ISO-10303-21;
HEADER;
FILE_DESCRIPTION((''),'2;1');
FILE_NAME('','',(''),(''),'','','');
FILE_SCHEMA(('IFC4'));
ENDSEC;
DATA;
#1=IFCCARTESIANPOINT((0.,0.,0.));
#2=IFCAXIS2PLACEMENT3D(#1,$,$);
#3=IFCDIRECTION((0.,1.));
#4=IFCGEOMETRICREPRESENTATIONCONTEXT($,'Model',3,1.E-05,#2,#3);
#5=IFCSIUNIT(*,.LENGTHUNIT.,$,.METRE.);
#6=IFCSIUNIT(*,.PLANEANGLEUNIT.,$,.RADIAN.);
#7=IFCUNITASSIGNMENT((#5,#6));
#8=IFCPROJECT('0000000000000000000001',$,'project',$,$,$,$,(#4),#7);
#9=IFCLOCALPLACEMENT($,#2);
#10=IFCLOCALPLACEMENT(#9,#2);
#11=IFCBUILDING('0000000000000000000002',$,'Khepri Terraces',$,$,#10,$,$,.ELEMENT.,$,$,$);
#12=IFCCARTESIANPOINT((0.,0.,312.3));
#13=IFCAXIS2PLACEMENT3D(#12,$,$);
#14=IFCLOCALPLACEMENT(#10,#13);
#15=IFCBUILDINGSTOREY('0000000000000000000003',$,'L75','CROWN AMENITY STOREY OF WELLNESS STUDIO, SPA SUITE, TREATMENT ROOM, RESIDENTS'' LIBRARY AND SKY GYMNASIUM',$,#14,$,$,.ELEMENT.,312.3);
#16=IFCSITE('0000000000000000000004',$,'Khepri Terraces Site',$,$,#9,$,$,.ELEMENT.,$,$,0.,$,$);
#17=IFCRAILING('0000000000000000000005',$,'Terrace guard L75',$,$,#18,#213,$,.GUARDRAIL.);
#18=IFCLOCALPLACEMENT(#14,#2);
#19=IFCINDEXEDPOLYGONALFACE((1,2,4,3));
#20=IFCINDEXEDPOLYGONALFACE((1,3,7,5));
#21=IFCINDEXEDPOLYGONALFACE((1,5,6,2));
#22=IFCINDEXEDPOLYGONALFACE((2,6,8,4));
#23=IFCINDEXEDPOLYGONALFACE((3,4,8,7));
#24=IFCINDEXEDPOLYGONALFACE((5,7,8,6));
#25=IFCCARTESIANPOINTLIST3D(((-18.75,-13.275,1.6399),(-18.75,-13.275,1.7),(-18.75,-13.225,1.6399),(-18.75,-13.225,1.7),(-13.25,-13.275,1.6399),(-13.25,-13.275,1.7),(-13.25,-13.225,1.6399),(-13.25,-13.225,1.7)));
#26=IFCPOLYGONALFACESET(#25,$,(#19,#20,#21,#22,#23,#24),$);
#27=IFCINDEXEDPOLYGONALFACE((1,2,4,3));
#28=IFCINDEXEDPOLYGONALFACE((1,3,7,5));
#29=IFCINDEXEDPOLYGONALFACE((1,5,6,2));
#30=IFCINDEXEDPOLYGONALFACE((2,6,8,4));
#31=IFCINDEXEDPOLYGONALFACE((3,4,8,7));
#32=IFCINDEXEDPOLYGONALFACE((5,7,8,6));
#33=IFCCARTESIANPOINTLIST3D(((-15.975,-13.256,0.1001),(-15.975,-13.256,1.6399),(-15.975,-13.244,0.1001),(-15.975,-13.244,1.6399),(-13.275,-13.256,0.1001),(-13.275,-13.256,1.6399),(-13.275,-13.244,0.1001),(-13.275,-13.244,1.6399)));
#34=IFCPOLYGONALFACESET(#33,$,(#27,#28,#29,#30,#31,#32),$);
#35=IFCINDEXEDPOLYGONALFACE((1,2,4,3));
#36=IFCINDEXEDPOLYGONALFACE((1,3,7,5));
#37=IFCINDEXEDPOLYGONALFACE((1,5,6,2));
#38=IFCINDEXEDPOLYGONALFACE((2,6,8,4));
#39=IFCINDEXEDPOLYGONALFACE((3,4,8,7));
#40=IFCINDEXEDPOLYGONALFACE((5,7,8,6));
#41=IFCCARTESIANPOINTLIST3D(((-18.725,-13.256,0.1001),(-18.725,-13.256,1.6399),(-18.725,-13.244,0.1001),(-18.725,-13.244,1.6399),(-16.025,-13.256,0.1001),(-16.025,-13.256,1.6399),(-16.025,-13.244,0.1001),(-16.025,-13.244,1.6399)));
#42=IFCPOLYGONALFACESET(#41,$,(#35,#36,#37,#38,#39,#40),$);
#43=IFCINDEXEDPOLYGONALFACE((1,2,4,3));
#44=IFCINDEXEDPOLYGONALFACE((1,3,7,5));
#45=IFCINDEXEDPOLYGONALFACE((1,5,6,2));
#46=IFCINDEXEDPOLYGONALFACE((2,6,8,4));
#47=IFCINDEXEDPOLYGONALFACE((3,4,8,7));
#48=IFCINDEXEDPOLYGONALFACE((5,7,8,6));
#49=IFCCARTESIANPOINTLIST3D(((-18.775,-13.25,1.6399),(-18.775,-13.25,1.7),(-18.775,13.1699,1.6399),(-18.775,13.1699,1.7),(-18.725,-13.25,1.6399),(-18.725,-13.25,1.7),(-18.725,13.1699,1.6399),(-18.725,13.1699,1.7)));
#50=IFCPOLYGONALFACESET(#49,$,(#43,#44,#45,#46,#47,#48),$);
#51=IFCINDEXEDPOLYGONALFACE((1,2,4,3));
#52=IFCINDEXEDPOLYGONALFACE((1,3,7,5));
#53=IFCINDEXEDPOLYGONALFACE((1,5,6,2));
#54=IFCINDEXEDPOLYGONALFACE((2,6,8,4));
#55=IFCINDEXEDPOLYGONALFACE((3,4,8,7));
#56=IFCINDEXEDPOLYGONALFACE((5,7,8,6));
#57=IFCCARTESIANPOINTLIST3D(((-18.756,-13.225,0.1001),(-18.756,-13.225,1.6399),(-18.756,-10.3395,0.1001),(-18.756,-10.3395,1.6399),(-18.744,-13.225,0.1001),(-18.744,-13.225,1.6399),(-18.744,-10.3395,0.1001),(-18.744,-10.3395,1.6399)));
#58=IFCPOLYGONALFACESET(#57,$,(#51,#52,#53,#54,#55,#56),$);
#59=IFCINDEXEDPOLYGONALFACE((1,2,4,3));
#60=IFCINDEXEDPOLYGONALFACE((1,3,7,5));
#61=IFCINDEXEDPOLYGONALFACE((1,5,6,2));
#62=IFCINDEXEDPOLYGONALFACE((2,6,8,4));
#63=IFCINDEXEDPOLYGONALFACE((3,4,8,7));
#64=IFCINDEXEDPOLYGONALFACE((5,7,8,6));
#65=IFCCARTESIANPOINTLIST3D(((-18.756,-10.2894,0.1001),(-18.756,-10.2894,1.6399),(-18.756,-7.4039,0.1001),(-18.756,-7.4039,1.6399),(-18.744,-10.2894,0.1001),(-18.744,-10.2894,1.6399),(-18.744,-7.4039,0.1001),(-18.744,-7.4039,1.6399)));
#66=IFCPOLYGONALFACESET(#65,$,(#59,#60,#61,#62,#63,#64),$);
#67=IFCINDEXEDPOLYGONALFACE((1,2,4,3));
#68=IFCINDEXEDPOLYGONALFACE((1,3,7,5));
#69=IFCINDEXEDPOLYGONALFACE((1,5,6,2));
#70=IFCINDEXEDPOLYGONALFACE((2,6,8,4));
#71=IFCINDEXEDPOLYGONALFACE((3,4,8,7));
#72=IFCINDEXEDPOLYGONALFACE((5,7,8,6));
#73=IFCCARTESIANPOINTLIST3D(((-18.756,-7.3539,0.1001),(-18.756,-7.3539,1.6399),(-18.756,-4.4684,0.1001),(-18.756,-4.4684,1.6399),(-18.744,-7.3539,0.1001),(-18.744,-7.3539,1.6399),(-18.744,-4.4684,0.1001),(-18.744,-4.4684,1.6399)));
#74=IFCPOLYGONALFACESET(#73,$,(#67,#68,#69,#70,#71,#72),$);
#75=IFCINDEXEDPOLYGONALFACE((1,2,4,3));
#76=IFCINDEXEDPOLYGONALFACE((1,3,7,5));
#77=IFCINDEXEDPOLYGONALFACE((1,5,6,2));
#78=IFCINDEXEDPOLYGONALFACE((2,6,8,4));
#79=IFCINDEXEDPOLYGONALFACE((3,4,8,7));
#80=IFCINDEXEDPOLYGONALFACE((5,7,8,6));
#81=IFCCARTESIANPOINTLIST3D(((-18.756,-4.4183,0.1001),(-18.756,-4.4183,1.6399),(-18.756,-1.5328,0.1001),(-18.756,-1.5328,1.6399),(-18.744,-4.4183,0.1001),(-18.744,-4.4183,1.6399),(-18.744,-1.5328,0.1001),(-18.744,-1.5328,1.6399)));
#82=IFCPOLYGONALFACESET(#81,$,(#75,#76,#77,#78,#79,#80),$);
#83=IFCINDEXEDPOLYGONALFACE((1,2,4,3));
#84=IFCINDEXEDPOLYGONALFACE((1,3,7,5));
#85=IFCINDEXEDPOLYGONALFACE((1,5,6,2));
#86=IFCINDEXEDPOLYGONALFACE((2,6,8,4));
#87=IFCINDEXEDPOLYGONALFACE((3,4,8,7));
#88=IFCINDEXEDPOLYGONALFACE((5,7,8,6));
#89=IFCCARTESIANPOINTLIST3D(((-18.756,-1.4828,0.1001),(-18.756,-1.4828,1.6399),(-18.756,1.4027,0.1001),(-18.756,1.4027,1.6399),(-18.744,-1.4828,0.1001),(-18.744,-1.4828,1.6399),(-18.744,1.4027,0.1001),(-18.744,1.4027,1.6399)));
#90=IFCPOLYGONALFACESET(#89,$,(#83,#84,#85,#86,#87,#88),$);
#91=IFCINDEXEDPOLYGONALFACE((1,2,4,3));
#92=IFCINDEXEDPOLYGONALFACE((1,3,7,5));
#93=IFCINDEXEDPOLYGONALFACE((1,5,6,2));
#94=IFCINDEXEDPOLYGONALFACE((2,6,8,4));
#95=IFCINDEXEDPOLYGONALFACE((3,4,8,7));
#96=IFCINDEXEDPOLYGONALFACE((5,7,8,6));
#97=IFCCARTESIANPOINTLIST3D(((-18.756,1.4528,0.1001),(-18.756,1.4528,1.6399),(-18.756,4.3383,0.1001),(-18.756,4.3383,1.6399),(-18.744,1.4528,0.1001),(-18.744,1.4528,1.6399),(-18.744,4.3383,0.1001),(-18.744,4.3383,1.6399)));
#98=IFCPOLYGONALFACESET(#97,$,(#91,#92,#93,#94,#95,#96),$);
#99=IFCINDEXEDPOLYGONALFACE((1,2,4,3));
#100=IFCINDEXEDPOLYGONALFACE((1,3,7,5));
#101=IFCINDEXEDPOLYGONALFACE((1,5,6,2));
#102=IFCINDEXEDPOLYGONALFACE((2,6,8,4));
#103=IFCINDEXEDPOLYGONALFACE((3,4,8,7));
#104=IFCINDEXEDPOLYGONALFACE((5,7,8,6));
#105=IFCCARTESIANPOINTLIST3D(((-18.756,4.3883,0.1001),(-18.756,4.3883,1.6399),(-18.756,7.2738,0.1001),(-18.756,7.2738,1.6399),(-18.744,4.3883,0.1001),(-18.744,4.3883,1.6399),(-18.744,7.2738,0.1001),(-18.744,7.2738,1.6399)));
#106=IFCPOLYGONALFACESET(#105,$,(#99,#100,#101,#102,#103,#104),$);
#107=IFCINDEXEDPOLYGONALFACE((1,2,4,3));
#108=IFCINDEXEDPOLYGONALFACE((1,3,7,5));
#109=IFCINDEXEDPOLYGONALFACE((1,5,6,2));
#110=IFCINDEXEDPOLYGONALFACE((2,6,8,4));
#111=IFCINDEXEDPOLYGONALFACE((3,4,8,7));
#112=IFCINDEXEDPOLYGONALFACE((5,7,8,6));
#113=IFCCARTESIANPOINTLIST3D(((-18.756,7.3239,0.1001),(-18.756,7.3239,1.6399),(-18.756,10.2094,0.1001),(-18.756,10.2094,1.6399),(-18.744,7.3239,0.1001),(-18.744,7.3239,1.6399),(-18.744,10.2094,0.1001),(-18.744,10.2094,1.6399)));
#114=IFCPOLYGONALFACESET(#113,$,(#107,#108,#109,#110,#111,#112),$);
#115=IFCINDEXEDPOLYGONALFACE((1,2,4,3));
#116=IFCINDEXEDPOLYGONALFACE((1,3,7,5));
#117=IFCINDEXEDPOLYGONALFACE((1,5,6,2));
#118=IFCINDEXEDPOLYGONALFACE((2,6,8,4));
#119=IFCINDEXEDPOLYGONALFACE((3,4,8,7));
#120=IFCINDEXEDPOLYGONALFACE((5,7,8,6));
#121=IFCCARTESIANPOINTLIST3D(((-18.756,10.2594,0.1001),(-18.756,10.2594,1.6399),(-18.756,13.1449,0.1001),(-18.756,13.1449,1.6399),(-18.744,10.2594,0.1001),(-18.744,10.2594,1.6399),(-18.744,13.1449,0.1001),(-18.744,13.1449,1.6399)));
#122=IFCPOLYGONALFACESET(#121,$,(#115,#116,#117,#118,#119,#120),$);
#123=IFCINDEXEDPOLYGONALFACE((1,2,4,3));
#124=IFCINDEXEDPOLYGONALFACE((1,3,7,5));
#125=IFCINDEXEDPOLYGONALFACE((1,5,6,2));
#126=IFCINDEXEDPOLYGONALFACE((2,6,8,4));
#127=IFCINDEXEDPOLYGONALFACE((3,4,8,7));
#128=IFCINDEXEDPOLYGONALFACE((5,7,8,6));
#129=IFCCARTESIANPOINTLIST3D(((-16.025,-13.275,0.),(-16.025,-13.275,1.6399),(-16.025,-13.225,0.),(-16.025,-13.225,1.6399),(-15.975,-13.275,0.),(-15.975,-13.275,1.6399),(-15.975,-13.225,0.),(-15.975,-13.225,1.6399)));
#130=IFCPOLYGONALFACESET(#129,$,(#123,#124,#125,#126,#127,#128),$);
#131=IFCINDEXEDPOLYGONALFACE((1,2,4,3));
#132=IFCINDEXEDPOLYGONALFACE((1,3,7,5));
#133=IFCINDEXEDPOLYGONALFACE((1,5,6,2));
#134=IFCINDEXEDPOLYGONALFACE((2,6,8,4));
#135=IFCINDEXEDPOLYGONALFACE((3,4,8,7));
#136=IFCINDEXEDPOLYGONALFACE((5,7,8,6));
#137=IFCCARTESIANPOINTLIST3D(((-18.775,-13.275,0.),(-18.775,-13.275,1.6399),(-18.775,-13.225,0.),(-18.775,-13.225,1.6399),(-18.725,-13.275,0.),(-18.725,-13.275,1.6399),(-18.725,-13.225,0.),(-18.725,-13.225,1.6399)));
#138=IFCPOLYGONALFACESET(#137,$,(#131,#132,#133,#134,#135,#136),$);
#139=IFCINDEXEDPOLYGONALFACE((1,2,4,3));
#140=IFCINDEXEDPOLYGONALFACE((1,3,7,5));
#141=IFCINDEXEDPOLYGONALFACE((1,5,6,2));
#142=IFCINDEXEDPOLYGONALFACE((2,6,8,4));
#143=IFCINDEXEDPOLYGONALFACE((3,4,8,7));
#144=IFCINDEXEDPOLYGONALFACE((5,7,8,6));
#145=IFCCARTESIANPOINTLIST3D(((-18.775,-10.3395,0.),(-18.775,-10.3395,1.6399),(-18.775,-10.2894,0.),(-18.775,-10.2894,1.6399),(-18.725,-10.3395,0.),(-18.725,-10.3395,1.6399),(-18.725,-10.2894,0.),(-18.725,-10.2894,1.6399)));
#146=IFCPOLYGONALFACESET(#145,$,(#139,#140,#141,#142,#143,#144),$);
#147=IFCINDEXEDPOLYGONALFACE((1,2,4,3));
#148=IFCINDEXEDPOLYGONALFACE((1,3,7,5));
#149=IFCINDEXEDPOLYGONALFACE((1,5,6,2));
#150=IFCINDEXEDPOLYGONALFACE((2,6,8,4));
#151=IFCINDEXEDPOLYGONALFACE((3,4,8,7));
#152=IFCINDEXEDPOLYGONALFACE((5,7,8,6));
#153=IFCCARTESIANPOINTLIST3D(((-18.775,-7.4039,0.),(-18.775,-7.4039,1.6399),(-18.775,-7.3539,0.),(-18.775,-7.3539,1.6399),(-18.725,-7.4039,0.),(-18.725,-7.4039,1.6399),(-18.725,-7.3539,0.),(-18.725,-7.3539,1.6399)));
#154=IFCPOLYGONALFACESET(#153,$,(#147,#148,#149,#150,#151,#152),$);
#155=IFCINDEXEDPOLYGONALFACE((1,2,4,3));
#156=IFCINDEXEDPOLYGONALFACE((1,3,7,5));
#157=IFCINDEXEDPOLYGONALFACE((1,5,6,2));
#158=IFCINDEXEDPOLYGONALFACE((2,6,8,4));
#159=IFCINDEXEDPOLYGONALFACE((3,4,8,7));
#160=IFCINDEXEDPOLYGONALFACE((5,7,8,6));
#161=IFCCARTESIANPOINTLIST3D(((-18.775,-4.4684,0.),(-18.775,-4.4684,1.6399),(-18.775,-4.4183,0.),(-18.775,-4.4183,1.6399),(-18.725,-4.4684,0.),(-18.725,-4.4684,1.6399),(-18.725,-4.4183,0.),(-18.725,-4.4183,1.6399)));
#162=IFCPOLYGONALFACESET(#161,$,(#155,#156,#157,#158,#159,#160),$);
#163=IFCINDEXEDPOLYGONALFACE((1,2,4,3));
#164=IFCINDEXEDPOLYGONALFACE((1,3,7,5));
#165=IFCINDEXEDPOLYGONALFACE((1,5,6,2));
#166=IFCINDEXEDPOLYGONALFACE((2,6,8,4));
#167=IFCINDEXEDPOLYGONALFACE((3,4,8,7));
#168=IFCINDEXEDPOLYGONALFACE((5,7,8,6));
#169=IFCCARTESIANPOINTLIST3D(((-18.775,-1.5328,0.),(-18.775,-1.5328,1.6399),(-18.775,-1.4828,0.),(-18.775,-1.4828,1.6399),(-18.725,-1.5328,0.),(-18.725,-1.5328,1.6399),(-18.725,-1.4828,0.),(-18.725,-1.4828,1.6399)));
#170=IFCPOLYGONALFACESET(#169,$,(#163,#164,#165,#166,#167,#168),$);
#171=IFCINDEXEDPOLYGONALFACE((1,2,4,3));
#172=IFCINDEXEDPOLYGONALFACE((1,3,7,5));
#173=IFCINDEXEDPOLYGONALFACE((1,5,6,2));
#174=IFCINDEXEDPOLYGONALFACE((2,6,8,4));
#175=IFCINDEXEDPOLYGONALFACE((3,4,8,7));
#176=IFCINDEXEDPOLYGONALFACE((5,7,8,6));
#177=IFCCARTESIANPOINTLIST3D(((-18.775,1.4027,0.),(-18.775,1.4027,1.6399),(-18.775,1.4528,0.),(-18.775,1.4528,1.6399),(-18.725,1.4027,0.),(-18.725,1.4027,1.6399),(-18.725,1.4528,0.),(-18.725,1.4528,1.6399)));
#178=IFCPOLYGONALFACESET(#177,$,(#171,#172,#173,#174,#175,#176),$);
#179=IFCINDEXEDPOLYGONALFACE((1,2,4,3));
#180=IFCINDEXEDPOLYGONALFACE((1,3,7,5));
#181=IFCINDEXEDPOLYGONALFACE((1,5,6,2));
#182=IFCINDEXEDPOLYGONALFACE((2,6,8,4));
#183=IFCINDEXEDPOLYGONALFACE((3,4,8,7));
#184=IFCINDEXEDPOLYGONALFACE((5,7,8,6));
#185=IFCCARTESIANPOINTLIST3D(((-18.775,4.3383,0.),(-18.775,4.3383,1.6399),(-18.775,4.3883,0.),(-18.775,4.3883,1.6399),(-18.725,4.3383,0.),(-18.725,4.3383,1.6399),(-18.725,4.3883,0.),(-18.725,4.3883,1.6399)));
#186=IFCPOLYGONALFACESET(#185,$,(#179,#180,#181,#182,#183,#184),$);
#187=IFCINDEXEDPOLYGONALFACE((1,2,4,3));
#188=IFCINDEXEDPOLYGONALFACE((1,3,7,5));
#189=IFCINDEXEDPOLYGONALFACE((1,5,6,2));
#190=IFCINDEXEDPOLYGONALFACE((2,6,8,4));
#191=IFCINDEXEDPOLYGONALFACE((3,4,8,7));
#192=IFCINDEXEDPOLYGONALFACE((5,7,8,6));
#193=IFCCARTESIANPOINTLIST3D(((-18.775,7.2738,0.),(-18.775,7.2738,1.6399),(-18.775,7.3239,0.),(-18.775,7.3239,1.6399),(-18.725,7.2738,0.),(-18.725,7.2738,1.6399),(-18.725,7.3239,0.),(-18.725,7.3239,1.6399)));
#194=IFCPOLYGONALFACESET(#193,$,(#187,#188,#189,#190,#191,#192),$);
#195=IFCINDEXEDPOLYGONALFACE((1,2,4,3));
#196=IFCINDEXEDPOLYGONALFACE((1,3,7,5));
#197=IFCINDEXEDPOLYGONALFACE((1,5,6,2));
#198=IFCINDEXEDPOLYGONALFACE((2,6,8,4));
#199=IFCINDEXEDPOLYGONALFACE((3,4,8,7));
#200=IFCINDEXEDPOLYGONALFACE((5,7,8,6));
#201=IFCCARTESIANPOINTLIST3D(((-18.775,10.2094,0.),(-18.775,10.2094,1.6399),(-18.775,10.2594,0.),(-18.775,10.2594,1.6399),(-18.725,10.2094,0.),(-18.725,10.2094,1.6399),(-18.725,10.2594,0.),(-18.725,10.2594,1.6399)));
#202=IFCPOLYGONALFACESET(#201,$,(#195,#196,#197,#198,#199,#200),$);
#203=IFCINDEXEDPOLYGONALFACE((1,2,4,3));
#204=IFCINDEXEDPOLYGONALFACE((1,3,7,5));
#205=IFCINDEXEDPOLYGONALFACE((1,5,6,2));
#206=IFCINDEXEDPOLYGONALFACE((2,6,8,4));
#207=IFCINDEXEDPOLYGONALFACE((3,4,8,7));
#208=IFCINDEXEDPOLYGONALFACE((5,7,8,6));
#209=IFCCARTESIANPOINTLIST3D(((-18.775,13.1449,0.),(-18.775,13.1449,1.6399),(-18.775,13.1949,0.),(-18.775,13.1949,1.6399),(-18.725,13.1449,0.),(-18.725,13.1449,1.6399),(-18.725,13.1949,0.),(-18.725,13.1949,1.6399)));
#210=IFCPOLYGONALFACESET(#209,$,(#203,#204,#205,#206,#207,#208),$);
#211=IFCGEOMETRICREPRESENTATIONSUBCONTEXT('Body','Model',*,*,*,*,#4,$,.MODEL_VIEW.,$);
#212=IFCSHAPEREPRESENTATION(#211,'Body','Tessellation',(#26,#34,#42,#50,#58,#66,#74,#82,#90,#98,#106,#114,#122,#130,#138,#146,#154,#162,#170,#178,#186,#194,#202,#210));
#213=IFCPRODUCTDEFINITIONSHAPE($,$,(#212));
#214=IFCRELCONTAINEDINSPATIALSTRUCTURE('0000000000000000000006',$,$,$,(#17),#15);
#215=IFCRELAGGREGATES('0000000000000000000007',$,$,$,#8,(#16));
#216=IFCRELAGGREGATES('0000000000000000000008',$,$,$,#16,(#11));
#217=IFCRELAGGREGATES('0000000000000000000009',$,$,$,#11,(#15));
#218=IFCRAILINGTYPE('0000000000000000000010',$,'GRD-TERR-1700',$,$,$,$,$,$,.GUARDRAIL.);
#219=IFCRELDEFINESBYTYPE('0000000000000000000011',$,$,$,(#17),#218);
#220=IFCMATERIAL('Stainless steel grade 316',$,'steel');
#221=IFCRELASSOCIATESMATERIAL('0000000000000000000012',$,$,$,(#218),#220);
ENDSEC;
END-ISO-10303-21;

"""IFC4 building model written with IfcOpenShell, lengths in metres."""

from ifc_helpers import new_model, si_unit, direction, frame, origin, origin_2d, place, context, subcontext, project, spatial, rectangle, extrude, material, type_object, element, save


model = new_model("IFC4")

# Units and contexts
model_context = context("Model", 3, precision=1e-05, world=origin(), true_north=direction((0.0, 1.0)))
body_context = subcontext(model_context, "Body", "Model", "MODEL_VIEW")
ifc_project = project(units=[si_unit("LENGTHUNIT", "METRE"), si_unit("PLANEANGLEUNIT", "RADIAN")], contexts=[model_context])

# Site, building, storey
site_placement = place(None, origin())
site = spatial("IfcSite", under=ifc_project, at=site_placement, Name="Khepri Terraces Site", CompositionType="ELEMENT", RefElevation=0.0)
building_placement = place(site_placement, origin())
building = spatial("IfcBuilding", under=site, at=building_placement, Name="Khepri Terraces", CompositionType="ELEMENT")
storey_placement = place(building_placement, frame((0.0, 0.0, 312.3)))
storey = spatial("IfcBuildingStorey", under=building, at=storey_placement, Name="L75", Description="CROWN AMENITY STOREY OF WELLNESS STUDIO, SPA SUITE, TREATMENT ROOM, RESIDENTS' LIBRARY AND SKY GYMNASIUM", CompositionType="ELEMENT", Elevation=312.3)

# Railing
ifc_material_1 = material(Name="Stainless steel grade 316", Category="steel")
railing_type = type_object("IfcRailingType", Name="GRD-TERR-1700", PredefinedType="GUARDRAIL", material=ifc_material_1)
railing_placement = place(storey_placement, frame((-13.25, -13.25, 0.0)))
element("IfcRailing", 1, at=railing_placement, inside=storey, type_object=railing_type, Name="Terrace guard L75", PredefinedType="GUARDRAIL", context=body_context, shape_type="SweptSolid", body=[
    extrude(rectangle(XDim=0.05, YDim=0.0601, at=origin_2d()), frame((0.0, 0.0, 1.6699), z_axis=(-1.0, 0.0, 0.0), x_axis=(0.0, -1.0, 0.0)), (0.0, 0.0, 1.0), 5.5),
    extrude(rectangle(XDim=2.7, YDim=0.012, at=origin_2d()), frame((-1.375, 0.0, 0.1001), z_axis=(0.0, 0.0, 1.0), x_axis=(-1.0, 0.0, 0.0)), (0.0, 0.0, 1.0), 1.5398),
    extrude(rectangle(XDim=2.7, YDim=0.012, at=origin_2d()), frame((-4.125, 0.0, 0.1001), z_axis=(0.0, 0.0, 1.0), x_axis=(-1.0, 0.0, 0.0)), (0.0, 0.0, 1.0), 1.5398),
    extrude(rectangle(XDim=0.05, YDim=0.0601, at=origin_2d()), frame((-5.5, 0.0, 1.6699), z_axis=(0.0, 1.0, 0.0), x_axis=(-1.0, 0.0, 0.0)), (0.0, 0.0, 1.0), 26.4199),
    extrude(rectangle(XDim=2.8855, YDim=0.012, at=origin_2d()), frame((-5.5, 1.4678, 0.1001), z_axis=(0.0, 0.0, 1.0), x_axis=(0.0, 1.0, 0.0)), (0.0, 0.0, 1.0), 1.5398),
    extrude(rectangle(XDim=2.8855, YDim=0.012, at=origin_2d()), frame((-5.5, 4.4033, 0.1001), z_axis=(0.0, 0.0, 1.0), x_axis=(0.0, 1.0, 0.0)), (0.0, 0.0, 1.0), 1.5398),
    extrude(rectangle(XDim=2.8855, YDim=0.012, at=origin_2d()), frame((-5.5, 7.3389, 0.1001), z_axis=(0.0, 0.0, 1.0), x_axis=(0.0, 1.0, 0.0)), (0.0, 0.0, 1.0), 1.5398),
    extrude(rectangle(XDim=2.8855, YDim=0.012, at=origin_2d()), frame((-5.5, 10.2744, 0.1001), z_axis=(0.0, 0.0, 1.0), x_axis=(0.0, 1.0, 0.0)), (0.0, 0.0, 1.0), 1.5398),
    extrude(rectangle(XDim=2.8855, YDim=0.012, at=origin_2d()), frame((-5.5, 13.21, 0.1001), z_axis=(0.0, 0.0, 1.0), x_axis=(0.0, 1.0, 0.0)), (0.0, 0.0, 1.0), 1.5398),
    extrude(rectangle(XDim=2.8855, YDim=0.012, at=origin_2d()), frame((-5.5, 16.1455, 0.1001), z_axis=(0.0, 0.0, 1.0), x_axis=(0.0, 1.0, 0.0)), (0.0, 0.0, 1.0), 1.5398),
    extrude(rectangle(XDim=2.8855, YDim=0.012, at=origin_2d()), frame((-5.5, 19.0811, 0.1001), z_axis=(0.0, 0.0, 1.0), x_axis=(0.0, 1.0, 0.0)), (0.0, 0.0, 1.0), 1.5398),
    extrude(rectangle(XDim=2.8855, YDim=0.012, at=origin_2d()), frame((-5.5, 22.0166, 0.1001), z_axis=(0.0, 0.0, 1.0), x_axis=(0.0, 1.0, 0.0)), (0.0, 0.0, 1.0), 1.5398),
    extrude(rectangle(XDim=2.8855, YDim=0.012, at=origin_2d()), frame((-5.5, 24.9521, 0.1001), z_axis=(0.0, 0.0, 1.0), x_axis=(0.0, 1.0, 0.0)), (0.0, 0.0, 1.0), 1.5398),
    extrude(rectangle(XDim=0.05, YDim=0.05, at=origin_2d()), frame((-2.75, 0.0, 0.0)), (0.0, 0.0, 1.0), 1.6399),
    extrude(rectangle(XDim=0.05, YDim=0.05, at=origin_2d()), frame((-5.5, 0.0, 0.0)), (0.0, 0.0, 1.0), 1.6399),
    extrude(rectangle(XDim=0.05, YDim=0.05, at=origin_2d()), frame((-5.5, 2.9355, 0.0)), (0.0, 0.0, 1.0), 1.6399),
    extrude(rectangle(XDim=0.05, YDim=0.05, at=origin_2d()), frame((-5.5, 5.8711, 0.0)), (0.0, 0.0, 1.0), 1.6399),
    extrude(rectangle(XDim=0.05, YDim=0.05, at=origin_2d()), frame((-5.5, 8.8066, 0.0)), (0.0, 0.0, 1.0), 1.6399),
    extrude(rectangle(XDim=0.05, YDim=0.05, at=origin_2d()), frame((-5.5, 11.7422, 0.0)), (0.0, 0.0, 1.0), 1.6399),
    extrude(rectangle(XDim=0.05, YDim=0.05, at=origin_2d()), frame((-5.5, 14.6777, 0.0)), (0.0, 0.0, 1.0), 1.6399),
    extrude(rectangle(XDim=0.05, YDim=0.05, at=origin_2d()), frame((-5.5, 17.6133, 0.0)), (0.0, 0.0, 1.0), 1.6399),
    extrude(rectangle(XDim=0.05, YDim=0.05, at=origin_2d()), frame((-5.5, 20.5488, 0.0)), (0.0, 0.0, 1.0), 1.6399),
    extrude(rectangle(XDim=0.05, YDim=0.05, at=origin_2d()), frame((-5.5, 23.4844, 0.0)), (0.0, 0.0, 1.0), 1.6399),
    extrude(rectangle(XDim=0.05, YDim=0.05, at=origin_2d()), frame((-5.5, 26.4199, 0.0)), (0.0, 0.0, 1.0), 1.6399),
])

save(model, "model.ifc")
